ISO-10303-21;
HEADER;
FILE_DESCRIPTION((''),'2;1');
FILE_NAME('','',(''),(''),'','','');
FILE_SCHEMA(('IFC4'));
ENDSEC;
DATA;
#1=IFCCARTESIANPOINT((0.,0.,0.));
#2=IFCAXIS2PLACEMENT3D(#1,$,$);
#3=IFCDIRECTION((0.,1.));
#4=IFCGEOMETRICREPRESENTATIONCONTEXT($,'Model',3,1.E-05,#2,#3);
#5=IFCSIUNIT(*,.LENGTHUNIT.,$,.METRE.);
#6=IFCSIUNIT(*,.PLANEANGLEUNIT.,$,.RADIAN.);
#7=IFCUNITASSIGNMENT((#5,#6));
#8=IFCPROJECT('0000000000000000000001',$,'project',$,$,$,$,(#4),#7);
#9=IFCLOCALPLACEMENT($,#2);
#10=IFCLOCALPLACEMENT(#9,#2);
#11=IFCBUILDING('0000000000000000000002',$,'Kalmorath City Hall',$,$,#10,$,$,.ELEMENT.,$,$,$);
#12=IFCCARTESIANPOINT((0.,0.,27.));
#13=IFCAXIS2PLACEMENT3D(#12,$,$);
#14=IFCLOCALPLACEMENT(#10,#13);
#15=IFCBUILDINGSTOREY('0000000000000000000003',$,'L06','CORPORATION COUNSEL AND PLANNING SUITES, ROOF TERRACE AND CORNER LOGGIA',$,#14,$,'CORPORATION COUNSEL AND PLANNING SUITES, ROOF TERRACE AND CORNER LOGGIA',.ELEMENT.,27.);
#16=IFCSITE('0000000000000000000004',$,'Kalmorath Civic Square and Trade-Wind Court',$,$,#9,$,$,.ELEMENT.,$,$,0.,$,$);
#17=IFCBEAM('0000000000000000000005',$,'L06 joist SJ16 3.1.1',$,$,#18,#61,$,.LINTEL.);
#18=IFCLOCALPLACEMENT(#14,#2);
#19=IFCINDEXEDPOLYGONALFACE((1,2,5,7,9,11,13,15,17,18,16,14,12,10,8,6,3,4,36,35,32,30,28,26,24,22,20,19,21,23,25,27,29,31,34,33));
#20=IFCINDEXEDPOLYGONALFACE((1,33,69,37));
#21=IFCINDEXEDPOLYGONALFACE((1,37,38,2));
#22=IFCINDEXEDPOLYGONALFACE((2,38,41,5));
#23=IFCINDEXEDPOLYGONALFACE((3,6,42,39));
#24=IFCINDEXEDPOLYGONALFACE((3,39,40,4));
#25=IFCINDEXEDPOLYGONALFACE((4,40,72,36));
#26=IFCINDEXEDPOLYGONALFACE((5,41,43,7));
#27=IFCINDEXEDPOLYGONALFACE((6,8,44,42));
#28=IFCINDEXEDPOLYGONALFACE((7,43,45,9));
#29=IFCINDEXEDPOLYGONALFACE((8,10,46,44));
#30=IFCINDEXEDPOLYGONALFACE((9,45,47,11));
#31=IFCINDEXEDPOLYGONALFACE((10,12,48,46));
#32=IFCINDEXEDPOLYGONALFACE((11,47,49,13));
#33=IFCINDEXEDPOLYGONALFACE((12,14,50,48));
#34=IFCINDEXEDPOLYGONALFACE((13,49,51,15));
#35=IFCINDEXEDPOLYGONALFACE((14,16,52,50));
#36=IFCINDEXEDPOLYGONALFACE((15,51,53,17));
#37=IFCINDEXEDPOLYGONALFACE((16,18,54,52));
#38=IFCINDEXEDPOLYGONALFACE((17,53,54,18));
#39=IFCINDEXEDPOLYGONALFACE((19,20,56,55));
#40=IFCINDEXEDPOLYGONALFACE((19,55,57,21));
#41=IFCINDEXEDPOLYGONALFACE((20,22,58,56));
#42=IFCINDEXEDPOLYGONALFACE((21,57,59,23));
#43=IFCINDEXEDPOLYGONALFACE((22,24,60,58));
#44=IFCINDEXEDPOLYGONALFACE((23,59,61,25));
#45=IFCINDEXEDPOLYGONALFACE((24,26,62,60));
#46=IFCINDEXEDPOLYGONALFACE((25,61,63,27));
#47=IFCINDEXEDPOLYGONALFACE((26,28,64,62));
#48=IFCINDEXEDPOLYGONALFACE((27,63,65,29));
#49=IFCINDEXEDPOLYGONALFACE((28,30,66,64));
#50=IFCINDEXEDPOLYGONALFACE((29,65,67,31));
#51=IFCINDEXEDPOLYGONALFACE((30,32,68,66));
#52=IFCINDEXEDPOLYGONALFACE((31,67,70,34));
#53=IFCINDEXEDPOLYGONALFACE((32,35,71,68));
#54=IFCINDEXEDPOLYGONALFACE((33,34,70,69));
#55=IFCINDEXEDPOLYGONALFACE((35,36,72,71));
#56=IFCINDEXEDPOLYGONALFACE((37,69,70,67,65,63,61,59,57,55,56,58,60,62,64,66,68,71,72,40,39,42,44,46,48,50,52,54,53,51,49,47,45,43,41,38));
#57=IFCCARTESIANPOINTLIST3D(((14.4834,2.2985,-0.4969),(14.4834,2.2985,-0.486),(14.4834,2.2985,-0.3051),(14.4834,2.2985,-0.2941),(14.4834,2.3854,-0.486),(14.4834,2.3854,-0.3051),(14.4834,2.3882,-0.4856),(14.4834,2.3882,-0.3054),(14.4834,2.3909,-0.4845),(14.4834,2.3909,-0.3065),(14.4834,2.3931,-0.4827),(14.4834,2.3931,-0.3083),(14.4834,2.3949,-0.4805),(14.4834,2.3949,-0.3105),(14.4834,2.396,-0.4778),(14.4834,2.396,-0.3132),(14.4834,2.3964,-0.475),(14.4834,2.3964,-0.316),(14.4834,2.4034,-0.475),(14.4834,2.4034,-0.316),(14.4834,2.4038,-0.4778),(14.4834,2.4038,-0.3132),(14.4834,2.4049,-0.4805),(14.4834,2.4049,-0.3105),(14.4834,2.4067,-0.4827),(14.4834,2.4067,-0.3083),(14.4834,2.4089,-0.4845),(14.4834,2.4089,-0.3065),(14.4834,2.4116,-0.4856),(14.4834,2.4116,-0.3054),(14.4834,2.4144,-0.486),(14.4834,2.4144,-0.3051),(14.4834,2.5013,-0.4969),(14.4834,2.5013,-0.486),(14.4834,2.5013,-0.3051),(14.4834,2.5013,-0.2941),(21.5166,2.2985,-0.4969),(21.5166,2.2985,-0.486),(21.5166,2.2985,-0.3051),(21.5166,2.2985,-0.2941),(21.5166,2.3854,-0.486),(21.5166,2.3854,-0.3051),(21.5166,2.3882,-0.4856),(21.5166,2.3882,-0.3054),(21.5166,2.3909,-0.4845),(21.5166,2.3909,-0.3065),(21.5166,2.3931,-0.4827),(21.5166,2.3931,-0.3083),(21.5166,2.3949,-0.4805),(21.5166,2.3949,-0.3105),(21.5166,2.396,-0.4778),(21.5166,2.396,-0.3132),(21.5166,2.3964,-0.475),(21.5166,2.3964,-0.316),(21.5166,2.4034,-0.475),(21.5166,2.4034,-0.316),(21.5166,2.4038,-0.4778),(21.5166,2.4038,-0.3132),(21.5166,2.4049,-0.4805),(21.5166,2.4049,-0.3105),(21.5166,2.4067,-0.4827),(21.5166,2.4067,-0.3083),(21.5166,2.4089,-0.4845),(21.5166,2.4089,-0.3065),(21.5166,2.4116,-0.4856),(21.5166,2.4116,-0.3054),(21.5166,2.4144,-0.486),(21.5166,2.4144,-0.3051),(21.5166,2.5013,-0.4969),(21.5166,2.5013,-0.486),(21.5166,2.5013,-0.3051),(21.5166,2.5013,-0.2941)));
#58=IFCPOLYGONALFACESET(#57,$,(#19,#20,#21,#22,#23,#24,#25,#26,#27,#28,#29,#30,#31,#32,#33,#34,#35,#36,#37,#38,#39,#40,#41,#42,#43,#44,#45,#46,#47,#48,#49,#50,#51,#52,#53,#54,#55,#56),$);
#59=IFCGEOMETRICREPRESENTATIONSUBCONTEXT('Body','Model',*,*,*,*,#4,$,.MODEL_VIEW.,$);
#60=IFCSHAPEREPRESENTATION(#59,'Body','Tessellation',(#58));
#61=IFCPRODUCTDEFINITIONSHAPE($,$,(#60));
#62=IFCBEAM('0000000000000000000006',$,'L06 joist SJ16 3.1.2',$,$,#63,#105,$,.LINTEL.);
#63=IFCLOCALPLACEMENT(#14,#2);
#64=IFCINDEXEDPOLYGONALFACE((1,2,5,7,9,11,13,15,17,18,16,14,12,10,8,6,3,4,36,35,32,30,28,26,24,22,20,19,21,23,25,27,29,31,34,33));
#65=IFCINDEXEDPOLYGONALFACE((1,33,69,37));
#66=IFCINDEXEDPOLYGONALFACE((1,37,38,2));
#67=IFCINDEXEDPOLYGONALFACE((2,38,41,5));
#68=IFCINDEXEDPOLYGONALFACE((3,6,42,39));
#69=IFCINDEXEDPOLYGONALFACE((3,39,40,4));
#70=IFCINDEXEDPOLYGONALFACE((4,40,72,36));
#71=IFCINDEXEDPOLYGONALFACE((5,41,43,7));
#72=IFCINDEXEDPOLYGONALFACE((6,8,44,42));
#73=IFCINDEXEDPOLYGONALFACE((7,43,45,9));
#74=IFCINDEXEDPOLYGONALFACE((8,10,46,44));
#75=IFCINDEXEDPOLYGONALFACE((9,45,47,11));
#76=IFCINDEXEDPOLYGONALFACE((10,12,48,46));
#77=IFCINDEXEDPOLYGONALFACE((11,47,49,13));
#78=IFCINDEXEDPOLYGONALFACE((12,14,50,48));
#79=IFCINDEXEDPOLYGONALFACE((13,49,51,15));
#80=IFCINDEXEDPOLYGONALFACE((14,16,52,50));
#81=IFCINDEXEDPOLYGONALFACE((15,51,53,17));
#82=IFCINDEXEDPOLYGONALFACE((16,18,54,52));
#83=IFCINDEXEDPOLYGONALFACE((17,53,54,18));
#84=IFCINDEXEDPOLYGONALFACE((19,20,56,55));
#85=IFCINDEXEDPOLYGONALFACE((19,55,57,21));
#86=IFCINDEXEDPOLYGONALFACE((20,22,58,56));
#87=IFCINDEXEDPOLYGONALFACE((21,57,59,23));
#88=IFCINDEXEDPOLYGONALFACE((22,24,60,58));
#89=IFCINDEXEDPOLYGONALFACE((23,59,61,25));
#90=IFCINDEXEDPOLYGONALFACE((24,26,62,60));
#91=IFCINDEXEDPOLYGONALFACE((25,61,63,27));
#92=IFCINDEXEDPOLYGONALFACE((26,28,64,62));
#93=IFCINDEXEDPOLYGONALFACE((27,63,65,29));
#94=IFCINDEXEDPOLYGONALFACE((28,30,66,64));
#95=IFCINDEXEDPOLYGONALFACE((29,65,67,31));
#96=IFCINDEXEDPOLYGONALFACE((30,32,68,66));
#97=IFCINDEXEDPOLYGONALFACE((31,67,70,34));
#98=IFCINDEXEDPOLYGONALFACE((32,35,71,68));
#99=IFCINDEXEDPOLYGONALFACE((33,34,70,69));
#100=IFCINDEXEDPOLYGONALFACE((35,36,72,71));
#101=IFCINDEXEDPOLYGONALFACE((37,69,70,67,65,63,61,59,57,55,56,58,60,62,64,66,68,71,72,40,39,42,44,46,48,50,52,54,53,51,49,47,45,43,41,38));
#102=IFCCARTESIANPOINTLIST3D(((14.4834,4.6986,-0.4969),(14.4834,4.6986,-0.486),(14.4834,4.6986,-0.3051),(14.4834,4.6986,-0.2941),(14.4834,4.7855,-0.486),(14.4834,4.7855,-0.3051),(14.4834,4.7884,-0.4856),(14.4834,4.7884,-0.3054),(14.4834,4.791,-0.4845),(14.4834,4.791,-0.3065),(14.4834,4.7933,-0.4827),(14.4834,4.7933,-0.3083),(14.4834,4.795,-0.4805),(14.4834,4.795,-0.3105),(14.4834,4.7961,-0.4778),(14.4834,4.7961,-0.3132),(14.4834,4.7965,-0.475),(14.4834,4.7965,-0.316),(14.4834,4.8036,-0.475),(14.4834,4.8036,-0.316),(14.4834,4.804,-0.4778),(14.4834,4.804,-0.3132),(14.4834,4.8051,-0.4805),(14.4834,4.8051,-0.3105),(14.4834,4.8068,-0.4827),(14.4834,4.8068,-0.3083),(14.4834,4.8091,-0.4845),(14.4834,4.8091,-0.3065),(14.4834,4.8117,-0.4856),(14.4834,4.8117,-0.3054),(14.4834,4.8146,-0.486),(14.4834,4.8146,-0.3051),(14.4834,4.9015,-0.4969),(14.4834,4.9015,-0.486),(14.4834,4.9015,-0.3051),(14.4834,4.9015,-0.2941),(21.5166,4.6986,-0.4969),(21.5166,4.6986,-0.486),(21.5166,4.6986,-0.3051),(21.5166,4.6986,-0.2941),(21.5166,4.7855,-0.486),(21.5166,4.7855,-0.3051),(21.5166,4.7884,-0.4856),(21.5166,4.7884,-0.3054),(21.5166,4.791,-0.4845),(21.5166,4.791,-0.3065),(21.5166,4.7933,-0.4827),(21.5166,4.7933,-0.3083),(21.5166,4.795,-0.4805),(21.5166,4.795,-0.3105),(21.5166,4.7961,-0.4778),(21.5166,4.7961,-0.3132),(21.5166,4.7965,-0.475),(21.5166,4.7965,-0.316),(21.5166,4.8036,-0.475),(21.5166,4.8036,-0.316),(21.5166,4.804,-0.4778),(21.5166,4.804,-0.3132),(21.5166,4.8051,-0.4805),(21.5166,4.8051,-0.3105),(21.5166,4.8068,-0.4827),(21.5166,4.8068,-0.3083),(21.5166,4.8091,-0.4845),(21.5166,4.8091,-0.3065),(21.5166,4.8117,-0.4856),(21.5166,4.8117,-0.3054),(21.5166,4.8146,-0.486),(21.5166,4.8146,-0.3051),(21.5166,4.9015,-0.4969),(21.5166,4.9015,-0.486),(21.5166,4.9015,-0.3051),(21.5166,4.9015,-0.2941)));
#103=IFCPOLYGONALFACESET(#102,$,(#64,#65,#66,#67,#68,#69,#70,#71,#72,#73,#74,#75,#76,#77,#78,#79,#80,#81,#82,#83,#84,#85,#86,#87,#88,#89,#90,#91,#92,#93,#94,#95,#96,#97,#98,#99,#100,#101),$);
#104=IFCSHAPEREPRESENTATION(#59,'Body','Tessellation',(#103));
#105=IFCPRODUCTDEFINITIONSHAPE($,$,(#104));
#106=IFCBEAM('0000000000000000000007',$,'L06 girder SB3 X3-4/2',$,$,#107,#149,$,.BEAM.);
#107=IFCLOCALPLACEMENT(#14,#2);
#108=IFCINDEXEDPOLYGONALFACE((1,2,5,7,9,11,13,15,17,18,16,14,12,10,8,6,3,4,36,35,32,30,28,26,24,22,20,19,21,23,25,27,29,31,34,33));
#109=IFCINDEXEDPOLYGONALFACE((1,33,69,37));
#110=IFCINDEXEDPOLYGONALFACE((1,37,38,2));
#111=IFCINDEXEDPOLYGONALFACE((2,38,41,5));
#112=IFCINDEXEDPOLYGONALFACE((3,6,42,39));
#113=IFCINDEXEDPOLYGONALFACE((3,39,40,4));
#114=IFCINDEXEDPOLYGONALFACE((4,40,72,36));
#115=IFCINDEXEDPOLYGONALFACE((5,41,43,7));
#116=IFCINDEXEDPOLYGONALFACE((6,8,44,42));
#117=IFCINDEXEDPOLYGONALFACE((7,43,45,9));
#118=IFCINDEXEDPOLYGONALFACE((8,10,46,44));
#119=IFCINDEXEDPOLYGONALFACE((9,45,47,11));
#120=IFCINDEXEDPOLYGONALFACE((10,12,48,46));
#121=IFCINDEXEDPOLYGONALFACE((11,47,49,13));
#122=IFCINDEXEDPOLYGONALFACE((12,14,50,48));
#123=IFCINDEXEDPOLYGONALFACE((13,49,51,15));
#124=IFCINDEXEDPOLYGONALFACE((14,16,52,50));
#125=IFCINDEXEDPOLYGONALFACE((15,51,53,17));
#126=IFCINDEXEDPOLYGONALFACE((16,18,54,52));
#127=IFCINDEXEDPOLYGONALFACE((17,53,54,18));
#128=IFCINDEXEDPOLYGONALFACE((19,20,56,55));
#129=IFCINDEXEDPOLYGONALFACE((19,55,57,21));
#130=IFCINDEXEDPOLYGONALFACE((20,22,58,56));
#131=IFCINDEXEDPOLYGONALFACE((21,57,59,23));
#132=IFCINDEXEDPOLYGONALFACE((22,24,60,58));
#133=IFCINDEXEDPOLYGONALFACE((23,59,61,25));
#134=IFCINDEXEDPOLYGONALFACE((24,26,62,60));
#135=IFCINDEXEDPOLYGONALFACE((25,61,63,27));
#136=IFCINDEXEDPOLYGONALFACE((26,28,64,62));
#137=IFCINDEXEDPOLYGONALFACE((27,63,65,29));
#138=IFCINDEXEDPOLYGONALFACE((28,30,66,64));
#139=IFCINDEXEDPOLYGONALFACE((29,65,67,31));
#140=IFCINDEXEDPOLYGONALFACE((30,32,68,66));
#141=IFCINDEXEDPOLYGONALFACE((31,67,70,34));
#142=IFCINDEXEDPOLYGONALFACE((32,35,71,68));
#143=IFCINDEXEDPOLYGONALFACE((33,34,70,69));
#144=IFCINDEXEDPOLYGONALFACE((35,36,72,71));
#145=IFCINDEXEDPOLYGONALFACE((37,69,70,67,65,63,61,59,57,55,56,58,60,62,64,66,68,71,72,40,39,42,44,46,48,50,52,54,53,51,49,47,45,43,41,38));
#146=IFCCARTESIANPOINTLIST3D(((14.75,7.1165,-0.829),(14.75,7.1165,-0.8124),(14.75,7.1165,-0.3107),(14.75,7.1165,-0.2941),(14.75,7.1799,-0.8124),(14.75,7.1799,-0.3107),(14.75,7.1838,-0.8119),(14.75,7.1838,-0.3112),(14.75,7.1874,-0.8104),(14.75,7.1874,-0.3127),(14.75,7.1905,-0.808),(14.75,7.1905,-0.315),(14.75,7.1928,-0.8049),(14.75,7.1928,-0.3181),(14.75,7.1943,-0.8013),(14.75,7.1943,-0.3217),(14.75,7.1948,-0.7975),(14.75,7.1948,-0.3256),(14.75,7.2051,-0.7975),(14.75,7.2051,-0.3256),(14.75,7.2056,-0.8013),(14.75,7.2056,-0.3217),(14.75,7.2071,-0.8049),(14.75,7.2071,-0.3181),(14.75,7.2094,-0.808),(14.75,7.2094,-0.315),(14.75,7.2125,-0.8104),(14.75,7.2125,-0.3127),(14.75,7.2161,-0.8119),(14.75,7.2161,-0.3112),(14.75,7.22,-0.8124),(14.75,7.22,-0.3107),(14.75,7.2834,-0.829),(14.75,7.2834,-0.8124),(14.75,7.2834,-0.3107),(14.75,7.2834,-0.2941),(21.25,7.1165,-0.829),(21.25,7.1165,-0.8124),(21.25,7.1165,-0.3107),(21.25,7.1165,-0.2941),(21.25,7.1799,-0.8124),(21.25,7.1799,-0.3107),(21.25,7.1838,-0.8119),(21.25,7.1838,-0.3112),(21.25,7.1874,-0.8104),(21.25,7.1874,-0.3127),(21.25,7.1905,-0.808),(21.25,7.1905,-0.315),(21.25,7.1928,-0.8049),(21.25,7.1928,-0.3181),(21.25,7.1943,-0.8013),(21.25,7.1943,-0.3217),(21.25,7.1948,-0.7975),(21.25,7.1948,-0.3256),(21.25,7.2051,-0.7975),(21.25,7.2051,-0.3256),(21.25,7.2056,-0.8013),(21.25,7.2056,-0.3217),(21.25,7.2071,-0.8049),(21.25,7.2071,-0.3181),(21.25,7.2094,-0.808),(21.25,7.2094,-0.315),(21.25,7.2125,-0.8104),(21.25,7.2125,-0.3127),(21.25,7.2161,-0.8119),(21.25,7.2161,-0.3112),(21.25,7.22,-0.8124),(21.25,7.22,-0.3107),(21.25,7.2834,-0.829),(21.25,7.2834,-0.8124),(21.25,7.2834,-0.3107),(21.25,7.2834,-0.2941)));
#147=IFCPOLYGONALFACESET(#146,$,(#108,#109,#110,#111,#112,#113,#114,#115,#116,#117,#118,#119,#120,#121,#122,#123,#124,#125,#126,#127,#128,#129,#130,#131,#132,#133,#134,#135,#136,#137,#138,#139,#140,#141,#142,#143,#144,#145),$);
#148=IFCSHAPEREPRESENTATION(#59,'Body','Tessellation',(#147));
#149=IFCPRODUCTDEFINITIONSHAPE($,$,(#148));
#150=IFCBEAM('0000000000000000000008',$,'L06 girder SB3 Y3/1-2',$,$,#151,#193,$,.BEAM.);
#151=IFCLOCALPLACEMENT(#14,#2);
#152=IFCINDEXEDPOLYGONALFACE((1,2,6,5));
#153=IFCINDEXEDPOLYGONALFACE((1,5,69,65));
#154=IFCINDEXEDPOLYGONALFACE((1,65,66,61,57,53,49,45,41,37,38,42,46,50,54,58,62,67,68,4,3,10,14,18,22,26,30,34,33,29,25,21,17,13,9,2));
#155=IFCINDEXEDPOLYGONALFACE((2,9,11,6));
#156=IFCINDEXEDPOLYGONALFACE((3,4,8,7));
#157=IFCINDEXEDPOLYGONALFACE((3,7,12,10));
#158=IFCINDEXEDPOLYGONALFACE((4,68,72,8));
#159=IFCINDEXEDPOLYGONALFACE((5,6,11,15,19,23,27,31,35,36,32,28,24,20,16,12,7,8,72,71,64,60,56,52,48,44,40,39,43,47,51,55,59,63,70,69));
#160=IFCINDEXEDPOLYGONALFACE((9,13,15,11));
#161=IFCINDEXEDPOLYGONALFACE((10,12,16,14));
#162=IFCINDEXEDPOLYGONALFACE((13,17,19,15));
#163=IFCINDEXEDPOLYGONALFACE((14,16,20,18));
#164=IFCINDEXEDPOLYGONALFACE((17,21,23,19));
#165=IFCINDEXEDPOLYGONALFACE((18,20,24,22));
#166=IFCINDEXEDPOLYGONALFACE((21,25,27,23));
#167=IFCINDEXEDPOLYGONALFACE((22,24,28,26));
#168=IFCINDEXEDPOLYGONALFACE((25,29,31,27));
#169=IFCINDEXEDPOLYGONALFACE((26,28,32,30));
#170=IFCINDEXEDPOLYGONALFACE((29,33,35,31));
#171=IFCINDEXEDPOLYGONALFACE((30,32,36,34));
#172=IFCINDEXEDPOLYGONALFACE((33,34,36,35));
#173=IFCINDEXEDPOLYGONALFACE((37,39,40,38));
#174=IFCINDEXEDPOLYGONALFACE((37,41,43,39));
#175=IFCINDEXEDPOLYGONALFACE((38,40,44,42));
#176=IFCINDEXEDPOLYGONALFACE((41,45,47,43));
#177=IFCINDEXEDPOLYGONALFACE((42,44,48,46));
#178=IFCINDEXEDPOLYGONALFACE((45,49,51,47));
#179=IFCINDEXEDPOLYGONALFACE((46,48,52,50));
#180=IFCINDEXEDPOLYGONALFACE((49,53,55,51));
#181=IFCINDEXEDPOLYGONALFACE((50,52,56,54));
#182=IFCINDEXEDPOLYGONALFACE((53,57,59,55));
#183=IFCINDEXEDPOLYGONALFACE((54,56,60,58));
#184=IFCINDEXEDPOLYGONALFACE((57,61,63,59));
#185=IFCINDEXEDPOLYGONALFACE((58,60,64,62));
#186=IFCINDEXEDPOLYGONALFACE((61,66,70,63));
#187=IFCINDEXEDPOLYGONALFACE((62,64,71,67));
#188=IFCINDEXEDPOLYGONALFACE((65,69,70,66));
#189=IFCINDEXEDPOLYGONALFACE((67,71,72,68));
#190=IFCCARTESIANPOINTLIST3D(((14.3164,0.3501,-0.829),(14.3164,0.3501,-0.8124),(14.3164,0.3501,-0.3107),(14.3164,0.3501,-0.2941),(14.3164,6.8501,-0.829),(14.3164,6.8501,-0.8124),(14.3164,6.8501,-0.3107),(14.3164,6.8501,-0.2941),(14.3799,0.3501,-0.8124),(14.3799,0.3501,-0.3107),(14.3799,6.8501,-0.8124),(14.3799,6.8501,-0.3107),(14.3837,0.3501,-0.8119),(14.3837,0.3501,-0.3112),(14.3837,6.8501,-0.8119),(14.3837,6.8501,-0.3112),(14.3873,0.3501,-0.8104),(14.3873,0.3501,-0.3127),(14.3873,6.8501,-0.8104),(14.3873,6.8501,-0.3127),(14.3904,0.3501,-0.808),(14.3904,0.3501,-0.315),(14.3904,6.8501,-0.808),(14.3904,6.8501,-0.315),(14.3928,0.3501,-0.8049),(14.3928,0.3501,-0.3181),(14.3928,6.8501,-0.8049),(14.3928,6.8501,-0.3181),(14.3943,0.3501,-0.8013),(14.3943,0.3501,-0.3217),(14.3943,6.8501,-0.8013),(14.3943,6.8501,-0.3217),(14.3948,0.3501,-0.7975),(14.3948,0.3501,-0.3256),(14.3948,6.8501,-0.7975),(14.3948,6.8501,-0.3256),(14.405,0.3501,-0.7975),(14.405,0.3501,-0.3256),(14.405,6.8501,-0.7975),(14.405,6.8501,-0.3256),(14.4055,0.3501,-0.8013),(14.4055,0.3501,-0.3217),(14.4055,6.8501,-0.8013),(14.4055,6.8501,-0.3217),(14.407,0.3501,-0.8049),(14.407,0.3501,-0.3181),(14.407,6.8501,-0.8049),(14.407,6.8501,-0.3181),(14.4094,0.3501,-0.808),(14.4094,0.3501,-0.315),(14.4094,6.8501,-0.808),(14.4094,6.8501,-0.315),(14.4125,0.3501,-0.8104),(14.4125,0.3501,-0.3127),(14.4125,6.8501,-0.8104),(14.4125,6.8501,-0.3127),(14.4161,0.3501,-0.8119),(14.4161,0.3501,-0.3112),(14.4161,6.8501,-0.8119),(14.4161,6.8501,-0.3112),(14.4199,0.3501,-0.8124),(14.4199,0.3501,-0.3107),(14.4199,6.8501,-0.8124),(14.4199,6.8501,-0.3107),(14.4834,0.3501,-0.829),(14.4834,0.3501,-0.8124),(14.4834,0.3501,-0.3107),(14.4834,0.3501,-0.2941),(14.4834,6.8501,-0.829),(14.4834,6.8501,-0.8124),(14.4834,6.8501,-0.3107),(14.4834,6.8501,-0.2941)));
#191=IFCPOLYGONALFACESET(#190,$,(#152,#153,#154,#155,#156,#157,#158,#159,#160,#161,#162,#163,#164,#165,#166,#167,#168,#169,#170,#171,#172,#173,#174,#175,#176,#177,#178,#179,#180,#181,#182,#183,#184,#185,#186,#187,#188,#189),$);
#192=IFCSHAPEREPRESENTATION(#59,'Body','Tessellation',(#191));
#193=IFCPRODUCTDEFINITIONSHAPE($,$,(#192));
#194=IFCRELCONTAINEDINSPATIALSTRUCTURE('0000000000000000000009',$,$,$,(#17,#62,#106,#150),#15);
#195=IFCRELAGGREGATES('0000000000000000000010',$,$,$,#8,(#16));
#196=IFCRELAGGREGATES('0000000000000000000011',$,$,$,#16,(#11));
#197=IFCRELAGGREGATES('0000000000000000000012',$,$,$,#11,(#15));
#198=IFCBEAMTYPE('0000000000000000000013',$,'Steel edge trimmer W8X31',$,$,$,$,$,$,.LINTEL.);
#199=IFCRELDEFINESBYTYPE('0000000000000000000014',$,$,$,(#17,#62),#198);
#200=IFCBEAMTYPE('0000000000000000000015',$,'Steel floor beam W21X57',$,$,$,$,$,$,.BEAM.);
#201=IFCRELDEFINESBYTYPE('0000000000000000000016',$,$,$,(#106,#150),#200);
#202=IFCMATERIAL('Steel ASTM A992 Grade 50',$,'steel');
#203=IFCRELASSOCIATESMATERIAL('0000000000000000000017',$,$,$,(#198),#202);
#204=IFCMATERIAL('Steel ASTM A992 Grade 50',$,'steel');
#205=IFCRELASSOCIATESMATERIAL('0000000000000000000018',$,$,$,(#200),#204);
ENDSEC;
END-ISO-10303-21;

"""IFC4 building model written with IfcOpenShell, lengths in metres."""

from ifc_helpers import new_model, si_unit, direction, frame, origin, origin_2d, place, context, subcontext, project, spatial, i_section, extrude, material, material_profile, profile_set, type_object, element, save


model = new_model("IFC4")

# Units and contexts
model_context = context("Model", 3, precision=1e-05, world=origin(), true_north=direction((0.0, 1.0)))
body_context = subcontext(model_context, "Body", "Model", "MODEL_VIEW")
ifc_project = project(units=[si_unit("LENGTHUNIT", "METRE"), si_unit("PLANEANGLEUNIT", "RADIAN")], contexts=[model_context])

# Site, building, storey
site_placement = place(None, origin())
site = spatial("IfcSite", under=ifc_project, at=site_placement, Name="Kalmorath Civic Square and Trade-Wind Court", CompositionType="ELEMENT", RefElevation=0.0)
building_placement = place(site_placement, origin())
building = spatial("IfcBuilding", under=site, at=building_placement, Name="Kalmorath City Hall", CompositionType="ELEMENT")
storey_placement = place(building_placement, frame((0.0, 0.0, 27.0)))
storey = spatial("IfcBuildingStorey", under=building, at=storey_placement, Name="L06", Description="CORPORATION COUNSEL AND PLANNING SUITES, ROOF TERRACE AND CORNER LOGGIA", LongName="CORPORATION COUNSEL AND PLANNING SUITES, ROOF TERRACE AND CORNER LOGGIA", CompositionType="ELEMENT", Elevation=27.0)

# Beams
ifc_material_1 = material(Name="Steel ASTM A992 Grade 50", Category="steel")
ifc_material_profile_1 = material_profile(ifc_material_1, i_section(OverallWidth=0.2029, OverallDepth=0.2029, WebThickness=0.0071, FlangeThickness=0.011, FilletRadius=0.011, at=origin_2d()), Name="W8X31")
ifc_profile_set_1 = profile_set([ifc_material_profile_1], Name="Steel ASTM A992 Grade 50")
beam_type_1 = type_object("IfcBeamType", Name="Steel edge trimmer W8X31", PredefinedType="LINTEL", material=ifc_profile_set_1)
for number, where, z_axis, x_axis, name in (
    (1, (14.4834, 2.3999, -0.3955), (1.0, 0.0, 0.0), (0.0, 1.0, 0.0), "L06 joist SJ16 3.1.1"),
    (2, (14.4834, 4.8, -0.3955), (1.0, 0.0, 0.0), (0.0, 1.0, 0.0), "L06 joist SJ16 3.1.2"),
):
    element("IfcBeam", number, at=place(storey_placement, frame(where, z_axis=z_axis, x_axis=x_axis)), inside=storey, type_object=beam_type_1, Name=name, PredefinedType="LINTEL", context=body_context, shape_type="SweptSolid", body=[
        extrude(i_section(OverallWidth=0.2029, OverallDepth=0.2029, WebThickness=0.0071, FlangeThickness=0.011, FilletRadius=0.011, at=origin_2d()), origin(), (0.0, 0.0, 1.0), 7.0332),
    ])
ifc_material_2 = material(Name="Steel ASTM A992 Grade 50", Category="steel")
ifc_material_profile_2 = material_profile(ifc_material_2, i_section(OverallWidth=0.167, OverallDepth=0.5349, WebThickness=0.0103, FlangeThickness=0.0166, FilletRadius=0.0149, at=origin_2d()), Name="W21X57")
ifc_profile_set_2 = profile_set([ifc_material_profile_2], Name="Steel ASTM A992 Grade 50")
beam_type_2 = type_object("IfcBeamType", Name="Steel floor beam W21X57", PredefinedType="BEAM", material=ifc_profile_set_2)
for number, where, z_axis, x_axis, name in (
    (3, (14.75, 7.2, -0.5615), (1.0, 0.0, 0.0), (0.0, 1.0, 0.0), "L06 girder SB3 X3-4/2"),
    (4, (14.3999, 0.3501, -0.5615), (0.0, 1.0, 0.0), (-1.0, 0.0, 0.0), "L06 girder SB3 Y3/1-2"),
):
    element("IfcBeam", number, at=place(storey_placement, frame(where, z_axis=z_axis, x_axis=x_axis)), inside=storey, type_object=beam_type_2, Name=name, PredefinedType="BEAM", context=body_context, shape_type="SweptSolid", body=[
        extrude(i_section(OverallWidth=0.167, OverallDepth=0.5349, WebThickness=0.0103, FlangeThickness=0.0166, FilletRadius=0.0149, at=origin_2d()), origin(), (0.0, 0.0, 1.0), 6.5),
    ])

save(model, "model.ifc")
